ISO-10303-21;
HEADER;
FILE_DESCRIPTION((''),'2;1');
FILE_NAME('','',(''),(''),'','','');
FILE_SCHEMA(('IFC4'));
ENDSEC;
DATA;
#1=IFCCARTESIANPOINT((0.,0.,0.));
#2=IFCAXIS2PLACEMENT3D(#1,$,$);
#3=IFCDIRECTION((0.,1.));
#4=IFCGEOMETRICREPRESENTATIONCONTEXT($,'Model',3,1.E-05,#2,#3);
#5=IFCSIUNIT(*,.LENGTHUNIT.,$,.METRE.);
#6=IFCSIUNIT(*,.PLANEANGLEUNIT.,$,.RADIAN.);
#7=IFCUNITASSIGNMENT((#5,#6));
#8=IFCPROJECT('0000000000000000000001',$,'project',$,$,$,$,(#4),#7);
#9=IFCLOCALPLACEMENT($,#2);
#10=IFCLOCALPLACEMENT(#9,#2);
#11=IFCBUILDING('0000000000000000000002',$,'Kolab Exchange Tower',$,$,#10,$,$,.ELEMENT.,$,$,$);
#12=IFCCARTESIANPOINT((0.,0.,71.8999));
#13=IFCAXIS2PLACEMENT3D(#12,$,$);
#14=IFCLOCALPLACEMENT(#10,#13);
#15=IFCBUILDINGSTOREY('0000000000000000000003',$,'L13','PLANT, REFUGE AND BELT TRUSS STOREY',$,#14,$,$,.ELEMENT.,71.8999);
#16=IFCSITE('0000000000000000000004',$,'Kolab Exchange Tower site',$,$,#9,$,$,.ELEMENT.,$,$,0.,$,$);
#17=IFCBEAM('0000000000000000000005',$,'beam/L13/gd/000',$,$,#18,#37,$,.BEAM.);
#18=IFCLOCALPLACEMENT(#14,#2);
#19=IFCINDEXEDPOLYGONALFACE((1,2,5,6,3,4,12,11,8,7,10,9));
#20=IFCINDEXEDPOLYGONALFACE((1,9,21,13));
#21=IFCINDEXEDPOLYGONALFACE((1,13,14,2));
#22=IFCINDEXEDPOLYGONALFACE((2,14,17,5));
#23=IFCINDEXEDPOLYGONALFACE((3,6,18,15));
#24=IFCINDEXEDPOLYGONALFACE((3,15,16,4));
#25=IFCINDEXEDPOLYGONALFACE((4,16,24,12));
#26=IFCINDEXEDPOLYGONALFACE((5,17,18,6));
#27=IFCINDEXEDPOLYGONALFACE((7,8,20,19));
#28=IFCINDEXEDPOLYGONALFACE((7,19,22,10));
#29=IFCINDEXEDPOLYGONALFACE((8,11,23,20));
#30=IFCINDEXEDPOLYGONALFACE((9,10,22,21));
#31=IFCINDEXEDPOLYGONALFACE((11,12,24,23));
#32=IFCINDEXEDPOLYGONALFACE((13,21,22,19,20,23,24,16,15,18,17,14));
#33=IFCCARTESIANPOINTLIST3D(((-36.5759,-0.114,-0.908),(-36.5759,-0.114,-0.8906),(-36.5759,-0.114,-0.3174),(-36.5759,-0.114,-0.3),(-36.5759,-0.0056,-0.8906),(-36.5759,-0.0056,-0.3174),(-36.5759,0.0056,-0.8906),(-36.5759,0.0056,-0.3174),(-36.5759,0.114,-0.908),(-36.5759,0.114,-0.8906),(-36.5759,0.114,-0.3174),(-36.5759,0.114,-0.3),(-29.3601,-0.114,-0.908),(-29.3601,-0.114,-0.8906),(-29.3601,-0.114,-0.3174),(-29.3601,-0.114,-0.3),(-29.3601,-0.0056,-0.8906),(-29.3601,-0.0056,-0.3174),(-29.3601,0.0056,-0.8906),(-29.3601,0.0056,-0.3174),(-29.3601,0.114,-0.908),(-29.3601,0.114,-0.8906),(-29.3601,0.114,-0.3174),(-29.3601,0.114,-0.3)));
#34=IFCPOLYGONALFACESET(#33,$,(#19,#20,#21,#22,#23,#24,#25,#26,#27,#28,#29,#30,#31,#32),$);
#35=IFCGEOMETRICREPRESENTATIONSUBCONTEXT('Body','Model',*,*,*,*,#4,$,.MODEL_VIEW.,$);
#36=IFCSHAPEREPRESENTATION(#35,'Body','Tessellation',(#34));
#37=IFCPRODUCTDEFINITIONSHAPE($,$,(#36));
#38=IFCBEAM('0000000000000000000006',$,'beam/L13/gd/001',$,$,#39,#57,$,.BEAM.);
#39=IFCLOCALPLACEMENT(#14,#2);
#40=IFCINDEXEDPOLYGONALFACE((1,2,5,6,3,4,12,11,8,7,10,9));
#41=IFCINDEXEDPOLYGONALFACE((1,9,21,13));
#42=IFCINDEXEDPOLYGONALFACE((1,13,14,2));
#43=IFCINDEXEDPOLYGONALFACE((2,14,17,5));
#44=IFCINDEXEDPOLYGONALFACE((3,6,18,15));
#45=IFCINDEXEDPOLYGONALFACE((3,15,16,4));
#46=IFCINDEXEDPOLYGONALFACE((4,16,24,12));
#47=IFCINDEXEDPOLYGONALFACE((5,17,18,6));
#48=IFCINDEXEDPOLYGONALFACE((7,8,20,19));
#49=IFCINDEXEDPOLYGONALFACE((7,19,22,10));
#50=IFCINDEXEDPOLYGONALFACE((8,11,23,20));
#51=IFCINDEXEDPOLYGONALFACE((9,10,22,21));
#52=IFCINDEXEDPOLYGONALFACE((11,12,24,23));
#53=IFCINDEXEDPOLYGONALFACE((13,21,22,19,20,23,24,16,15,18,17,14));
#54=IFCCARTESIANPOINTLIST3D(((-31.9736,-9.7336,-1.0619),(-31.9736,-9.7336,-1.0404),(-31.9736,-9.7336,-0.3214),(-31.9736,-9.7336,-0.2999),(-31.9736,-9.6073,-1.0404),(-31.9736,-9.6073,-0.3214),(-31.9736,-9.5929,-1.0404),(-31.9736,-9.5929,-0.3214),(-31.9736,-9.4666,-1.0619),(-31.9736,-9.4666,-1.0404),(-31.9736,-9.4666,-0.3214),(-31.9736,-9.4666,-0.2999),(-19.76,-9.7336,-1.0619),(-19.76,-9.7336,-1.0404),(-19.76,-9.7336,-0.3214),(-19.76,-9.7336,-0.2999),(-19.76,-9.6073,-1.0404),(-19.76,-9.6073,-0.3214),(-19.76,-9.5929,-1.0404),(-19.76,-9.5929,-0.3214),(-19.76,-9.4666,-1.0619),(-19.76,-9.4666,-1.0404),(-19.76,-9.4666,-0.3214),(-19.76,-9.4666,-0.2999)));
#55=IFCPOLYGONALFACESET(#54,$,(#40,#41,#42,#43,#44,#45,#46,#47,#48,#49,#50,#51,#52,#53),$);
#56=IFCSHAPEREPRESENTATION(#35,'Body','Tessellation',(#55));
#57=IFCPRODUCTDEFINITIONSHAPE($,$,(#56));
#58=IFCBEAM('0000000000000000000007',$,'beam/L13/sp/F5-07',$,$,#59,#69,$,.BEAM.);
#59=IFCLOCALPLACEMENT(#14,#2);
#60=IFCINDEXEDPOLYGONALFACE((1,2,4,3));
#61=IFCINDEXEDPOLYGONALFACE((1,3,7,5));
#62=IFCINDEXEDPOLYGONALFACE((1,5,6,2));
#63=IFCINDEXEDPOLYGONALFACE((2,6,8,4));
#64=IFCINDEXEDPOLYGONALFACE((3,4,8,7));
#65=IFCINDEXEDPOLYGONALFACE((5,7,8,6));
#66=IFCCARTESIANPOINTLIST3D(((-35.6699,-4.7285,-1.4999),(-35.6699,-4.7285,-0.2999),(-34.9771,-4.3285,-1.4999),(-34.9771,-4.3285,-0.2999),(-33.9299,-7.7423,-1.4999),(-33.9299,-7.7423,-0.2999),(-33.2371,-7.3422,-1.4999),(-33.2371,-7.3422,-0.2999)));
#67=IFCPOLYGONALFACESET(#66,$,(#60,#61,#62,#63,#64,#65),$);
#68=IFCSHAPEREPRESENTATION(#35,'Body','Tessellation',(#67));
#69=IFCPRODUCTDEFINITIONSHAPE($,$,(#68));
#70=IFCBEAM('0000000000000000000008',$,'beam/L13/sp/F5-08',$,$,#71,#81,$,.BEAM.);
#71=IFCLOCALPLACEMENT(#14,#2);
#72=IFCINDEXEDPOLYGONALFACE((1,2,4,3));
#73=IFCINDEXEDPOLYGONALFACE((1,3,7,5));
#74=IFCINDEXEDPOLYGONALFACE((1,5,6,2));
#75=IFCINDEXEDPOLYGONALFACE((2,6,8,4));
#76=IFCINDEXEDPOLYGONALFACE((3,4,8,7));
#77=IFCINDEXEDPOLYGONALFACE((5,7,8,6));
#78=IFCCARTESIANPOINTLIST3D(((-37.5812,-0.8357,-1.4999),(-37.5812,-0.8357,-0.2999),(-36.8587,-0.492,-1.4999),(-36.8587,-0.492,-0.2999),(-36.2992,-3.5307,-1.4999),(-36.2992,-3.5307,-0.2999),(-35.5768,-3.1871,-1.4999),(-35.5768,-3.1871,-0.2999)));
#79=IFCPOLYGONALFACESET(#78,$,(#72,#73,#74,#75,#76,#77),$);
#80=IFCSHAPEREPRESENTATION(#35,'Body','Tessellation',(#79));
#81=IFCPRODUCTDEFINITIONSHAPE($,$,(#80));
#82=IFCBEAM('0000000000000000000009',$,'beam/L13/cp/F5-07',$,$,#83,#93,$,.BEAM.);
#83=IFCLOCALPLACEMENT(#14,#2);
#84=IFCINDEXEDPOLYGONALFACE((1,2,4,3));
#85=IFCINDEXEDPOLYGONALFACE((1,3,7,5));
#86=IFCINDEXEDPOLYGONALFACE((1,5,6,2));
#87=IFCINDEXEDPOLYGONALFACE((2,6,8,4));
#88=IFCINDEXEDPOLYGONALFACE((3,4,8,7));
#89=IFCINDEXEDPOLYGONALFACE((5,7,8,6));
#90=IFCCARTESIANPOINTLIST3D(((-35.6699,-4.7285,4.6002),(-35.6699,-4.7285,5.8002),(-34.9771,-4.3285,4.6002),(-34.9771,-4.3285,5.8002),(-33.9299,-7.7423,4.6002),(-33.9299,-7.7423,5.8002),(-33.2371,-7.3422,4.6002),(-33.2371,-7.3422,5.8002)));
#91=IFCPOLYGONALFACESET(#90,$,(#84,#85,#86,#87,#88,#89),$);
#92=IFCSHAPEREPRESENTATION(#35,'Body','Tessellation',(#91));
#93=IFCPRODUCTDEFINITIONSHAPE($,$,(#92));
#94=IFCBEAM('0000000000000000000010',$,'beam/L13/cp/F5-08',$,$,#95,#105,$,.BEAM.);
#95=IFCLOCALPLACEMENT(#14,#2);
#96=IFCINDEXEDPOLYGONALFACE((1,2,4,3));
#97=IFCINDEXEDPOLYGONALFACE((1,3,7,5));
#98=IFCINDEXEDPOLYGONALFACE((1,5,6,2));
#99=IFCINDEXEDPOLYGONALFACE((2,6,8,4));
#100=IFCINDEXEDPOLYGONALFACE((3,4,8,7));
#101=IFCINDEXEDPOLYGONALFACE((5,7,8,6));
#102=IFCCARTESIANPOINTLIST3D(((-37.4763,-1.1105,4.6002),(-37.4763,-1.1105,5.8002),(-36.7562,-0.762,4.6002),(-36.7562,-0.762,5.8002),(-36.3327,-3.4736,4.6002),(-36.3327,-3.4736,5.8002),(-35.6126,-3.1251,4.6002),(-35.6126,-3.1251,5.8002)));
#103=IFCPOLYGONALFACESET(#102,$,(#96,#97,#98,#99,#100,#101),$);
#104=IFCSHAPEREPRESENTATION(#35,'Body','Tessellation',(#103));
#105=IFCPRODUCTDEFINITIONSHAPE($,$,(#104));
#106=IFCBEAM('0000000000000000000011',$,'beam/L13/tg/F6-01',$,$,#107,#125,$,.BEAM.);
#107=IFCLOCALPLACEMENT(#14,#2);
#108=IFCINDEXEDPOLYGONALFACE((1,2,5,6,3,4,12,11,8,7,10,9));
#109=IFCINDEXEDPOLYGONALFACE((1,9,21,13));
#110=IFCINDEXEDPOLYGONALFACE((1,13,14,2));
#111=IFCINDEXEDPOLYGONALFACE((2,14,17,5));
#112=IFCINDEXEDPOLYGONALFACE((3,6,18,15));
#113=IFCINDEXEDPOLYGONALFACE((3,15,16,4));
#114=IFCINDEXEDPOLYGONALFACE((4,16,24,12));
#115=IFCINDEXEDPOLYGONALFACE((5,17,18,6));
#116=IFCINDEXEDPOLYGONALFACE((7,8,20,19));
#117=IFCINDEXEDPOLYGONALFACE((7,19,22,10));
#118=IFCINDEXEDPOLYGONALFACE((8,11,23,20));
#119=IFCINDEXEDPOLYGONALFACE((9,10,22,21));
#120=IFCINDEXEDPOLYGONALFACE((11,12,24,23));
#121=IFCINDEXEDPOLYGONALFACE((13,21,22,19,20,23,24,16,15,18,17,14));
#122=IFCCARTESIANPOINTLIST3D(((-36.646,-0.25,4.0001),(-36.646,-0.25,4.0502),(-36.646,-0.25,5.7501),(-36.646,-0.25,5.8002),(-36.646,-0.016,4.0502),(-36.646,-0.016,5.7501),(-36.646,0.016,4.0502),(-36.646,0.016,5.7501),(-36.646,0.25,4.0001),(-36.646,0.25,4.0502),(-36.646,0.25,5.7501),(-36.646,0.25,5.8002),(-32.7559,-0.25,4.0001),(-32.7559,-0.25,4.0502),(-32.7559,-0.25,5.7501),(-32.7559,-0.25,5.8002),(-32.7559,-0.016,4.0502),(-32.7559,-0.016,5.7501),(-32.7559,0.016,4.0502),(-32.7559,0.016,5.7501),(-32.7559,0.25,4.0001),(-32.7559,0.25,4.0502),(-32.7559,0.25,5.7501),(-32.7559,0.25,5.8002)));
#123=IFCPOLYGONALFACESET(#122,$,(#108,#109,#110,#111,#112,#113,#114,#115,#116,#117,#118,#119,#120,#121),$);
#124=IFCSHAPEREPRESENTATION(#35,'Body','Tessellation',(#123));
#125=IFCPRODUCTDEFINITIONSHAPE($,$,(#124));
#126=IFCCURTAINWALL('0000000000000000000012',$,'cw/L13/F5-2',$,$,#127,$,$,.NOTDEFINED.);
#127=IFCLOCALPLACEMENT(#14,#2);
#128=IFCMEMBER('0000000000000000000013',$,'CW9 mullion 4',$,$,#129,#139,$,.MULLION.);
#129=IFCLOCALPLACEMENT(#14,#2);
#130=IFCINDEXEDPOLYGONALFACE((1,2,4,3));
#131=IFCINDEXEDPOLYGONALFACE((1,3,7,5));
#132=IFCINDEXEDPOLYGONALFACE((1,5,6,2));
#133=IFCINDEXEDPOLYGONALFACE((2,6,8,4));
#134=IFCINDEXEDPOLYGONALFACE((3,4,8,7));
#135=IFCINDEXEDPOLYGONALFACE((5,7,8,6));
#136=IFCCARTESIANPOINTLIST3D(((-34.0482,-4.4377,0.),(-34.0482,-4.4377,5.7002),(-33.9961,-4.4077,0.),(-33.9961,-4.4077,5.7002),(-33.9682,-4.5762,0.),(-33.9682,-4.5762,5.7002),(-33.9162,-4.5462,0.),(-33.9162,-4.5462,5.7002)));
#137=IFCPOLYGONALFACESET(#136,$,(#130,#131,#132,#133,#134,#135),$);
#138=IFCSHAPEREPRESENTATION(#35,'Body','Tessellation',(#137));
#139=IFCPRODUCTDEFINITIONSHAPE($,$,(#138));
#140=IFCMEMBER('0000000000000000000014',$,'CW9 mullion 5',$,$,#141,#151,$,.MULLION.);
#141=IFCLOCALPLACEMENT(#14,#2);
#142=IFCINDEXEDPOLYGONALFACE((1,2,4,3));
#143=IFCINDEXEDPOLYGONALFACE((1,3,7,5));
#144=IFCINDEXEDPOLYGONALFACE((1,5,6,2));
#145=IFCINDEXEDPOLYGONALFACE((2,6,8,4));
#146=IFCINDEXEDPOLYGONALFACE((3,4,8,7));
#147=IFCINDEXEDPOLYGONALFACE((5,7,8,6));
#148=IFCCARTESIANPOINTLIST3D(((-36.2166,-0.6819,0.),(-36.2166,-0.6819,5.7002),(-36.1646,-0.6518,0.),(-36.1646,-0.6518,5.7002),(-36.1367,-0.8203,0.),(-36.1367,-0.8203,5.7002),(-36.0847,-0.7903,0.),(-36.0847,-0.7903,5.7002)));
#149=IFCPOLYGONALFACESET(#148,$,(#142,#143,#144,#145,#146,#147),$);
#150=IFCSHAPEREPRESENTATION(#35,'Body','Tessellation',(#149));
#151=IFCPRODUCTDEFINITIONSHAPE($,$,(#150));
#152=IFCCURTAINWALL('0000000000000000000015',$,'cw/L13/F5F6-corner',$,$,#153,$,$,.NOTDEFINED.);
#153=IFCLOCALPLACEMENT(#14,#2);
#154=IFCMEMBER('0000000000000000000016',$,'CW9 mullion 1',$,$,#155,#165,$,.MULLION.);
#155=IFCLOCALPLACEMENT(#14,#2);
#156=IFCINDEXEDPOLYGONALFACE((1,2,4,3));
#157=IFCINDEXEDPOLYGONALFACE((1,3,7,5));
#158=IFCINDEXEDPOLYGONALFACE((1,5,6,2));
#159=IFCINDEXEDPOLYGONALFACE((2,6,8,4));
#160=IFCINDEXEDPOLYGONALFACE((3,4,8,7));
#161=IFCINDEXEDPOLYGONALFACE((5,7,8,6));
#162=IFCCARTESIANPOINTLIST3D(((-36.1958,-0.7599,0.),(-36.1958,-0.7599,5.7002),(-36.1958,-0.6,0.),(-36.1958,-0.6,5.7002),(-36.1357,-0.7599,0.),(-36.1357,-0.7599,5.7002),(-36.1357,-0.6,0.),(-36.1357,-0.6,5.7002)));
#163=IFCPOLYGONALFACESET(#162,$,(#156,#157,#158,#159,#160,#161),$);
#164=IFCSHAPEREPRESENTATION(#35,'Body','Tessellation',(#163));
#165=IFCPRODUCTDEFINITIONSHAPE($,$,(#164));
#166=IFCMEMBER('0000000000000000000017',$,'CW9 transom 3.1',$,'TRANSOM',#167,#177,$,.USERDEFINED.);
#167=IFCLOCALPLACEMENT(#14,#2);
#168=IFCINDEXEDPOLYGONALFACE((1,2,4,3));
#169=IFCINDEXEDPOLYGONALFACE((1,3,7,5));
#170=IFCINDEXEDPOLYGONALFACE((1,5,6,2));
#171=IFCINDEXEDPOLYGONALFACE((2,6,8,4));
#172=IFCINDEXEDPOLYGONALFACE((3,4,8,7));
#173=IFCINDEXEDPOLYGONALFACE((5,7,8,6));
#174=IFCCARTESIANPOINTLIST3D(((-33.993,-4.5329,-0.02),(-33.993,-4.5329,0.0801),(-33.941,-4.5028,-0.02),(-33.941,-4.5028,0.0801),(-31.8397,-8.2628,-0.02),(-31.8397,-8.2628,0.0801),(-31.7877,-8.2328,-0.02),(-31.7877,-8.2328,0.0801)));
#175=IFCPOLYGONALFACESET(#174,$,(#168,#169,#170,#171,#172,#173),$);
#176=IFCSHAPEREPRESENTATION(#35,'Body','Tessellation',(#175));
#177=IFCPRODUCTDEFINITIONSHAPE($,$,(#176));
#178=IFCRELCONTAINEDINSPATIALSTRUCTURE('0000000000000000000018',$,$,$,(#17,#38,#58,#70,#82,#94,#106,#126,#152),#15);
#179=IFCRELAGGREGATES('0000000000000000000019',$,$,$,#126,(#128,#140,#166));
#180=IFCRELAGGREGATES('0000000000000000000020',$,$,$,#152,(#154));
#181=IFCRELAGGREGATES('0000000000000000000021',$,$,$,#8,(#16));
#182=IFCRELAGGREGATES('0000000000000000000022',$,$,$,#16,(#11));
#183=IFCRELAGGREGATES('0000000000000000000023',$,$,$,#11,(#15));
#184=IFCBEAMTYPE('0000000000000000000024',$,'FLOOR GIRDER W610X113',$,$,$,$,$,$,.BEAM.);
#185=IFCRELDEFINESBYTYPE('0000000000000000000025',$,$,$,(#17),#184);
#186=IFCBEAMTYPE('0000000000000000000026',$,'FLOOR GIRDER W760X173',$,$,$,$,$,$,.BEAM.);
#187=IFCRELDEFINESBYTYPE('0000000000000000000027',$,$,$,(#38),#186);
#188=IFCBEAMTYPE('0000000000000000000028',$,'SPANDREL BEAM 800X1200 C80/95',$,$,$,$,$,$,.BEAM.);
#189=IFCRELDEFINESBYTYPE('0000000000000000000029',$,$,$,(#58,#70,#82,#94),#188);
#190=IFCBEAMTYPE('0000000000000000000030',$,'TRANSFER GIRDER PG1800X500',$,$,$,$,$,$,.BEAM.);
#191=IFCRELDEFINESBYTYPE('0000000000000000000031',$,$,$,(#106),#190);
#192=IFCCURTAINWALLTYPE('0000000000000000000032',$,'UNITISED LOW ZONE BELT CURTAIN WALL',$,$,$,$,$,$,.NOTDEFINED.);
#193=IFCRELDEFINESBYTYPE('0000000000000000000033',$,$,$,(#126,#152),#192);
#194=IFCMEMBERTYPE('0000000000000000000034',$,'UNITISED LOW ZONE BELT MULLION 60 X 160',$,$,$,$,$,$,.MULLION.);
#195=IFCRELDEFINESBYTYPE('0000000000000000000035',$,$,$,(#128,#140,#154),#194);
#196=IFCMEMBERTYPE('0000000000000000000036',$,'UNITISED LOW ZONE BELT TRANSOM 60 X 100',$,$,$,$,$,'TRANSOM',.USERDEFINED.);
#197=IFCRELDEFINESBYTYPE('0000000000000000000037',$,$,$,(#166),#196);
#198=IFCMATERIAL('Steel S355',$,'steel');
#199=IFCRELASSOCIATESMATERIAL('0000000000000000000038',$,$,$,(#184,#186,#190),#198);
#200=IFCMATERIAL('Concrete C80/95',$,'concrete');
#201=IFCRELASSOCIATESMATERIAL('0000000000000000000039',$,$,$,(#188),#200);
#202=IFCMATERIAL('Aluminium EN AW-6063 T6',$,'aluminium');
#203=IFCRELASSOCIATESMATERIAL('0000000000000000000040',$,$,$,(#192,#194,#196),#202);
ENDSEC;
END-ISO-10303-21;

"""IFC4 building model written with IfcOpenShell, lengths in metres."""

from ifc_helpers import new_model, si_unit, direction, frame, origin, origin_2d, place, context, subcontext, project, spatial, rectangle, i_section, extrude, material, material_profile, profile_set, type_object, element, aggregate, save


model = new_model("IFC4")

# Units and contexts
model_context = context("Model", 3, precision=1e-05, world=origin(), true_north=direction((0.0, 1.0)))
body_context = subcontext(model_context, "Body", "Model", "MODEL_VIEW")
ifc_project = project(units=[si_unit("LENGTHUNIT", "METRE"), si_unit("PLANEANGLEUNIT", "RADIAN")], contexts=[model_context])

# Site, building, storey
site_placement = place(None, origin())
site = spatial("IfcSite", under=ifc_project, at=site_placement, Name="Kolab Exchange Tower site", CompositionType="ELEMENT", RefElevation=0.0)
building_placement = place(site_placement, origin())
building = spatial("IfcBuilding", under=site, at=building_placement, Name="Kolab Exchange Tower", CompositionType="ELEMENT")
storey_placement = place(building_placement, frame((0.0, 0.0, 71.8999)))
storey = spatial("IfcBuildingStorey", under=building, at=storey_placement, Name="L13", Description="PLANT, REFUGE AND BELT TRUSS STOREY", CompositionType="ELEMENT", Elevation=71.8999)

# Shared definitions
ifc_material_1 = material(Name="Concrete C80/95", Category="concrete")

# Shared definitions
ifc_material_2 = material(Name="Steel S355", Category="steel")

# Beams
ifc_material_profile_1 = material_profile(ifc_material_2, i_section(OverallWidth=0.228, OverallDepth=0.6079, WebThickness=0.0112, FlangeThickness=0.0173, at=origin_2d()), Name="W610X113")
ifc_profile_set_1 = profile_set([ifc_material_profile_1], Name="Steel S355")
beam_type_1 = type_object("IfcBeamType", Name="FLOOR GIRDER W610X113", PredefinedType="BEAM", material=ifc_profile_set_1)
beam_1_placement = place(storey_placement, frame((-36.5759, 0.0, -0.604), z_axis=(1.0, 0.0, 0.0), x_axis=(0.0, 1.0, 0.0)))
element("IfcBeam", 1, at=beam_1_placement, inside=storey, type_object=beam_type_1, Name="beam/L13/gd/000", PredefinedType="BEAM", context=body_context, shape_type="SweptSolid", body=[
    extrude(i_section(OverallWidth=0.228, OverallDepth=0.6079, WebThickness=0.0112, FlangeThickness=0.0173, at=origin_2d()), origin(), (0.0, 0.0, 1.0), 7.2158),
])
ifc_material_profile_2 = material_profile(ifc_material_2, i_section(OverallWidth=0.2671, OverallDepth=0.762, WebThickness=0.0144, FlangeThickness=0.0215, at=origin_2d()), Name="W760X173")
ifc_profile_set_2 = profile_set([ifc_material_profile_2], Name="Steel S355")
beam_type_2 = type_object("IfcBeamType", Name="FLOOR GIRDER W760X173", PredefinedType="BEAM", material=ifc_profile_set_2)
beam_2_placement = place(storey_placement, frame((-31.9736, -9.6001, -0.6809), z_axis=(1.0, 0.0, 0.0), x_axis=(0.0, 1.0, 0.0)))
element("IfcBeam", 2, at=beam_2_placement, inside=storey, type_object=beam_type_2, Name="beam/L13/gd/001", PredefinedType="BEAM", context=body_context, shape_type="SweptSolid", body=[
    extrude(i_section(OverallWidth=0.2671, OverallDepth=0.762, WebThickness=0.0144, FlangeThickness=0.0215, at=origin_2d()), origin(), (0.0, 0.0, 1.0), 12.2136),
])
ifc_material_profile_3 = material_profile(ifc_material_1, rectangle(XDim=0.8, YDim=1.2, at=origin_2d()), Name="RC800X1200")
ifc_profile_set_3 = profile_set([ifc_material_profile_3], Name="Concrete C80/95")
beam_type_3 = type_object("IfcBeamType", Name="SPANDREL BEAM 800X1200 C80/95", PredefinedType="BEAM", material=ifc_profile_set_3)
beam_3_placement = place(storey_placement, frame((-33.5835, -7.5422, -0.8999), z_axis=(-0.50001, 0.86602, 0.0), x_axis=(-0.86602, -0.50001, 0.0)))
element("IfcBeam", 3, at=beam_3_placement, inside=storey, type_object=beam_type_3, Name="beam/L13/sp/F5-07", PredefinedType="BEAM", context=body_context, shape_type="SweptSolid", body=[
    extrude(rectangle(XDim=0.8, YDim=1.2, at=origin_2d()), origin(), (0.0, 0.0, 1.0), 3.48),
])
beam_4_placement = place(storey_placement, frame((-35.938, -3.3589, -0.8999), z_axis=(-0.429556, 0.90304, 0.0), x_axis=(-0.90304, -0.429556, 0.0)))
element("IfcBeam", 4, at=beam_4_placement, inside=storey, type_object=beam_type_3, Name="beam/L13/sp/F5-08", PredefinedType="BEAM", context=body_context, shape_type="SweptSolid", body=[
    extrude(rectangle(XDim=0.8, YDim=1.2, at=origin_2d()), origin(), (0.0, 0.0, 1.0), 2.9844),
])
beam_5_placement = place(storey_placement, frame((-33.5835, -7.5422, 5.2002), z_axis=(-0.50001, 0.86602, 0.0), x_axis=(-0.86602, -0.50001, 0.0)))
element("IfcBeam", 5, at=beam_5_placement, inside=storey, type_object=beam_type_3, Name="beam/L13/cp/F5-07", PredefinedType="BEAM", context=body_context, shape_type="SweptSolid", body=[
    extrude(rectangle(XDim=0.8, YDim=1.2, at=origin_2d()), origin(), (0.0, 0.0, 1.0), 3.48),
])
beam_6_placement = place(storey_placement, frame((-35.9727, -3.2993, 5.2002), z_axis=(-0.435607, 0.900137, 0.0), x_axis=(-0.900137, -0.435607, 0.0)))
element("IfcBeam", 6, at=beam_6_placement, inside=storey, type_object=beam_type_3, Name="beam/L13/cp/F5-08", PredefinedType="BEAM", context=body_context, shape_type="SweptSolid", body=[
    extrude(rectangle(XDim=0.8, YDim=1.2, at=origin_2d()), origin(), (0.0, 0.0, 1.0), 2.6252),
])
ifc_material_profile_4 = material_profile(ifc_material_2, i_section(OverallWidth=0.5, OverallDepth=1.8, WebThickness=0.032, FlangeThickness=0.05, at=origin_2d()), Name="PG1800X500")
ifc_profile_set_4 = profile_set([ifc_material_profile_4], Name="Steel S355")
beam_type_4 = type_object("IfcBeamType", Name="TRANSFER GIRDER PG1800X500", PredefinedType="BEAM", material=ifc_profile_set_4)
beam_7_placement = place(storey_placement, frame((-32.7559, 0.0, 4.9001), z_axis=(-1.0, 0.0, 0.0), x_axis=(0.0, -1.0, 0.0)))
element("IfcBeam", 7, at=beam_7_placement, inside=storey, type_object=beam_type_4, Name="beam/L13/tg/F6-01", PredefinedType="BEAM", context=body_context, shape_type="SweptSolid", body=[
    extrude(i_section(OverallWidth=0.5, OverallDepth=1.8, WebThickness=0.032, FlangeThickness=0.05, at=origin_2d()), origin(), (0.0, 0.0, 1.0), 3.8901),
])

# Curtain wall, members
ifc_material_3 = material(Name="Aluminium EN AW-6063 T6", Category="aluminium")
curtain_wall_type = type_object("IfcCurtainWallType", Name="UNITISED LOW ZONE BELT CURTAIN WALL", PredefinedType="NOTDEFINED", material=ifc_material_3)
curtain_wall_1_placement = place(storey_placement, origin())
curtain_wall_1 = element("IfcCurtainWall", 8, at=curtain_wall_1_placement, inside=storey, type_object=curtain_wall_type, Name="cw/L13/F5-2", PredefinedType="NOTDEFINED")
ifc_material_profile_5 = material_profile(ifc_material_3, rectangle(XDim=0.0601, YDim=0.1599, at=origin_2d()), Name="RECT 60X160")
ifc_profile_set_5 = profile_set([ifc_material_profile_5], Name="Aluminium EN AW-6063 T6")
member_type_1 = type_object("IfcMemberType", Name="UNITISED LOW ZONE BELT MULLION 60 X 160", PredefinedType="MULLION", material=ifc_profile_set_5)
member_1_placement = place(storey_placement, frame((-33.9822, -4.4919, 0.0), z_axis=(0.0, 0.0, 1.0), x_axis=(-0.866025, -0.5, 0.0)))
member_1 = element("IfcMember", 9, at=member_1_placement, type_object=member_type_1, Name="CW9 mullion 4", PredefinedType="MULLION", context=body_context, shape_type="SweptSolid", body=[
    extrude(rectangle(XDim=0.0601, YDim=0.1599, at=origin_2d()), origin(), (0.0, 0.0, 1.0), 5.7002),
])
member_2_placement = place(storey_placement, frame((-36.1506, -0.7361, 0.0), z_axis=(0.0, 0.0, 1.0), x_axis=(-0.866025, -0.5, 0.0)))
member_2 = element("IfcMember", 10, at=member_2_placement, type_object=member_type_1, Name="CW9 mullion 5", PredefinedType="MULLION", context=body_context, shape_type="SweptSolid", body=[
    extrude(rectangle(XDim=0.0601, YDim=0.1599, at=origin_2d()), origin(), (0.0, 0.0, 1.0), 5.7002),
])

# Curtain wall, member
curtain_wall_2_placement = place(storey_placement, origin())
curtain_wall_2 = element("IfcCurtainWall", 11, at=curtain_wall_2_placement, inside=storey, type_object=curtain_wall_type, Name="cw/L13/F5F6-corner", PredefinedType="NOTDEFINED")
member_3_placement = place(storey_placement, frame((-36.1658, -0.6799, 0.0), z_axis=(0.0, 0.0, 1.0), x_axis=(-1.0, 0.0, 0.0)))
member_3 = element("IfcMember", 12, at=member_3_placement, type_object=member_type_1, Name="CW9 mullion 1", PredefinedType="MULLION", context=body_context, shape_type="SweptSolid", body=[
    extrude(rectangle(XDim=0.0601, YDim=0.1599, at=origin_2d()), origin(), (0.0, 0.0, 1.0), 5.7002),
])

# Member
ifc_material_profile_6 = material_profile(ifc_material_3, rectangle(XDim=0.0601, YDim=0.1001, at=origin_2d()), Name="RECT 60X100")
ifc_profile_set_6 = profile_set([ifc_material_profile_6], Name="Aluminium EN AW-6063 T6")
member_type_2 = type_object("IfcMemberType", Name="UNITISED LOW ZONE BELT TRANSOM 60 X 100", ElementType="TRANSOM", PredefinedType="USERDEFINED", material=ifc_profile_set_6)
member_4_placement = place(storey_placement, frame((-31.8137, -8.2478, 0.03), z_axis=(-0.499968, 0.866044, 0.0), x_axis=(-0.866044, -0.499968, 0.0)))
member_4 = element("IfcMember", 13, at=member_4_placement, type_object=member_type_2, Name="CW9 transom 3.1", ObjectType="TRANSOM", PredefinedType="USERDEFINED", context=body_context, shape_type="SweptSolid", body=[
    extrude(rectangle(XDim=0.0601, YDim=0.1001, at=origin_2d()), origin(), (0.0, 0.0, 1.0), 4.3069),
])

aggregate(curtain_wall_1, [member_1, member_2, member_4])
aggregate(curtain_wall_2, [member_3])

save(model, "model.ifc")
